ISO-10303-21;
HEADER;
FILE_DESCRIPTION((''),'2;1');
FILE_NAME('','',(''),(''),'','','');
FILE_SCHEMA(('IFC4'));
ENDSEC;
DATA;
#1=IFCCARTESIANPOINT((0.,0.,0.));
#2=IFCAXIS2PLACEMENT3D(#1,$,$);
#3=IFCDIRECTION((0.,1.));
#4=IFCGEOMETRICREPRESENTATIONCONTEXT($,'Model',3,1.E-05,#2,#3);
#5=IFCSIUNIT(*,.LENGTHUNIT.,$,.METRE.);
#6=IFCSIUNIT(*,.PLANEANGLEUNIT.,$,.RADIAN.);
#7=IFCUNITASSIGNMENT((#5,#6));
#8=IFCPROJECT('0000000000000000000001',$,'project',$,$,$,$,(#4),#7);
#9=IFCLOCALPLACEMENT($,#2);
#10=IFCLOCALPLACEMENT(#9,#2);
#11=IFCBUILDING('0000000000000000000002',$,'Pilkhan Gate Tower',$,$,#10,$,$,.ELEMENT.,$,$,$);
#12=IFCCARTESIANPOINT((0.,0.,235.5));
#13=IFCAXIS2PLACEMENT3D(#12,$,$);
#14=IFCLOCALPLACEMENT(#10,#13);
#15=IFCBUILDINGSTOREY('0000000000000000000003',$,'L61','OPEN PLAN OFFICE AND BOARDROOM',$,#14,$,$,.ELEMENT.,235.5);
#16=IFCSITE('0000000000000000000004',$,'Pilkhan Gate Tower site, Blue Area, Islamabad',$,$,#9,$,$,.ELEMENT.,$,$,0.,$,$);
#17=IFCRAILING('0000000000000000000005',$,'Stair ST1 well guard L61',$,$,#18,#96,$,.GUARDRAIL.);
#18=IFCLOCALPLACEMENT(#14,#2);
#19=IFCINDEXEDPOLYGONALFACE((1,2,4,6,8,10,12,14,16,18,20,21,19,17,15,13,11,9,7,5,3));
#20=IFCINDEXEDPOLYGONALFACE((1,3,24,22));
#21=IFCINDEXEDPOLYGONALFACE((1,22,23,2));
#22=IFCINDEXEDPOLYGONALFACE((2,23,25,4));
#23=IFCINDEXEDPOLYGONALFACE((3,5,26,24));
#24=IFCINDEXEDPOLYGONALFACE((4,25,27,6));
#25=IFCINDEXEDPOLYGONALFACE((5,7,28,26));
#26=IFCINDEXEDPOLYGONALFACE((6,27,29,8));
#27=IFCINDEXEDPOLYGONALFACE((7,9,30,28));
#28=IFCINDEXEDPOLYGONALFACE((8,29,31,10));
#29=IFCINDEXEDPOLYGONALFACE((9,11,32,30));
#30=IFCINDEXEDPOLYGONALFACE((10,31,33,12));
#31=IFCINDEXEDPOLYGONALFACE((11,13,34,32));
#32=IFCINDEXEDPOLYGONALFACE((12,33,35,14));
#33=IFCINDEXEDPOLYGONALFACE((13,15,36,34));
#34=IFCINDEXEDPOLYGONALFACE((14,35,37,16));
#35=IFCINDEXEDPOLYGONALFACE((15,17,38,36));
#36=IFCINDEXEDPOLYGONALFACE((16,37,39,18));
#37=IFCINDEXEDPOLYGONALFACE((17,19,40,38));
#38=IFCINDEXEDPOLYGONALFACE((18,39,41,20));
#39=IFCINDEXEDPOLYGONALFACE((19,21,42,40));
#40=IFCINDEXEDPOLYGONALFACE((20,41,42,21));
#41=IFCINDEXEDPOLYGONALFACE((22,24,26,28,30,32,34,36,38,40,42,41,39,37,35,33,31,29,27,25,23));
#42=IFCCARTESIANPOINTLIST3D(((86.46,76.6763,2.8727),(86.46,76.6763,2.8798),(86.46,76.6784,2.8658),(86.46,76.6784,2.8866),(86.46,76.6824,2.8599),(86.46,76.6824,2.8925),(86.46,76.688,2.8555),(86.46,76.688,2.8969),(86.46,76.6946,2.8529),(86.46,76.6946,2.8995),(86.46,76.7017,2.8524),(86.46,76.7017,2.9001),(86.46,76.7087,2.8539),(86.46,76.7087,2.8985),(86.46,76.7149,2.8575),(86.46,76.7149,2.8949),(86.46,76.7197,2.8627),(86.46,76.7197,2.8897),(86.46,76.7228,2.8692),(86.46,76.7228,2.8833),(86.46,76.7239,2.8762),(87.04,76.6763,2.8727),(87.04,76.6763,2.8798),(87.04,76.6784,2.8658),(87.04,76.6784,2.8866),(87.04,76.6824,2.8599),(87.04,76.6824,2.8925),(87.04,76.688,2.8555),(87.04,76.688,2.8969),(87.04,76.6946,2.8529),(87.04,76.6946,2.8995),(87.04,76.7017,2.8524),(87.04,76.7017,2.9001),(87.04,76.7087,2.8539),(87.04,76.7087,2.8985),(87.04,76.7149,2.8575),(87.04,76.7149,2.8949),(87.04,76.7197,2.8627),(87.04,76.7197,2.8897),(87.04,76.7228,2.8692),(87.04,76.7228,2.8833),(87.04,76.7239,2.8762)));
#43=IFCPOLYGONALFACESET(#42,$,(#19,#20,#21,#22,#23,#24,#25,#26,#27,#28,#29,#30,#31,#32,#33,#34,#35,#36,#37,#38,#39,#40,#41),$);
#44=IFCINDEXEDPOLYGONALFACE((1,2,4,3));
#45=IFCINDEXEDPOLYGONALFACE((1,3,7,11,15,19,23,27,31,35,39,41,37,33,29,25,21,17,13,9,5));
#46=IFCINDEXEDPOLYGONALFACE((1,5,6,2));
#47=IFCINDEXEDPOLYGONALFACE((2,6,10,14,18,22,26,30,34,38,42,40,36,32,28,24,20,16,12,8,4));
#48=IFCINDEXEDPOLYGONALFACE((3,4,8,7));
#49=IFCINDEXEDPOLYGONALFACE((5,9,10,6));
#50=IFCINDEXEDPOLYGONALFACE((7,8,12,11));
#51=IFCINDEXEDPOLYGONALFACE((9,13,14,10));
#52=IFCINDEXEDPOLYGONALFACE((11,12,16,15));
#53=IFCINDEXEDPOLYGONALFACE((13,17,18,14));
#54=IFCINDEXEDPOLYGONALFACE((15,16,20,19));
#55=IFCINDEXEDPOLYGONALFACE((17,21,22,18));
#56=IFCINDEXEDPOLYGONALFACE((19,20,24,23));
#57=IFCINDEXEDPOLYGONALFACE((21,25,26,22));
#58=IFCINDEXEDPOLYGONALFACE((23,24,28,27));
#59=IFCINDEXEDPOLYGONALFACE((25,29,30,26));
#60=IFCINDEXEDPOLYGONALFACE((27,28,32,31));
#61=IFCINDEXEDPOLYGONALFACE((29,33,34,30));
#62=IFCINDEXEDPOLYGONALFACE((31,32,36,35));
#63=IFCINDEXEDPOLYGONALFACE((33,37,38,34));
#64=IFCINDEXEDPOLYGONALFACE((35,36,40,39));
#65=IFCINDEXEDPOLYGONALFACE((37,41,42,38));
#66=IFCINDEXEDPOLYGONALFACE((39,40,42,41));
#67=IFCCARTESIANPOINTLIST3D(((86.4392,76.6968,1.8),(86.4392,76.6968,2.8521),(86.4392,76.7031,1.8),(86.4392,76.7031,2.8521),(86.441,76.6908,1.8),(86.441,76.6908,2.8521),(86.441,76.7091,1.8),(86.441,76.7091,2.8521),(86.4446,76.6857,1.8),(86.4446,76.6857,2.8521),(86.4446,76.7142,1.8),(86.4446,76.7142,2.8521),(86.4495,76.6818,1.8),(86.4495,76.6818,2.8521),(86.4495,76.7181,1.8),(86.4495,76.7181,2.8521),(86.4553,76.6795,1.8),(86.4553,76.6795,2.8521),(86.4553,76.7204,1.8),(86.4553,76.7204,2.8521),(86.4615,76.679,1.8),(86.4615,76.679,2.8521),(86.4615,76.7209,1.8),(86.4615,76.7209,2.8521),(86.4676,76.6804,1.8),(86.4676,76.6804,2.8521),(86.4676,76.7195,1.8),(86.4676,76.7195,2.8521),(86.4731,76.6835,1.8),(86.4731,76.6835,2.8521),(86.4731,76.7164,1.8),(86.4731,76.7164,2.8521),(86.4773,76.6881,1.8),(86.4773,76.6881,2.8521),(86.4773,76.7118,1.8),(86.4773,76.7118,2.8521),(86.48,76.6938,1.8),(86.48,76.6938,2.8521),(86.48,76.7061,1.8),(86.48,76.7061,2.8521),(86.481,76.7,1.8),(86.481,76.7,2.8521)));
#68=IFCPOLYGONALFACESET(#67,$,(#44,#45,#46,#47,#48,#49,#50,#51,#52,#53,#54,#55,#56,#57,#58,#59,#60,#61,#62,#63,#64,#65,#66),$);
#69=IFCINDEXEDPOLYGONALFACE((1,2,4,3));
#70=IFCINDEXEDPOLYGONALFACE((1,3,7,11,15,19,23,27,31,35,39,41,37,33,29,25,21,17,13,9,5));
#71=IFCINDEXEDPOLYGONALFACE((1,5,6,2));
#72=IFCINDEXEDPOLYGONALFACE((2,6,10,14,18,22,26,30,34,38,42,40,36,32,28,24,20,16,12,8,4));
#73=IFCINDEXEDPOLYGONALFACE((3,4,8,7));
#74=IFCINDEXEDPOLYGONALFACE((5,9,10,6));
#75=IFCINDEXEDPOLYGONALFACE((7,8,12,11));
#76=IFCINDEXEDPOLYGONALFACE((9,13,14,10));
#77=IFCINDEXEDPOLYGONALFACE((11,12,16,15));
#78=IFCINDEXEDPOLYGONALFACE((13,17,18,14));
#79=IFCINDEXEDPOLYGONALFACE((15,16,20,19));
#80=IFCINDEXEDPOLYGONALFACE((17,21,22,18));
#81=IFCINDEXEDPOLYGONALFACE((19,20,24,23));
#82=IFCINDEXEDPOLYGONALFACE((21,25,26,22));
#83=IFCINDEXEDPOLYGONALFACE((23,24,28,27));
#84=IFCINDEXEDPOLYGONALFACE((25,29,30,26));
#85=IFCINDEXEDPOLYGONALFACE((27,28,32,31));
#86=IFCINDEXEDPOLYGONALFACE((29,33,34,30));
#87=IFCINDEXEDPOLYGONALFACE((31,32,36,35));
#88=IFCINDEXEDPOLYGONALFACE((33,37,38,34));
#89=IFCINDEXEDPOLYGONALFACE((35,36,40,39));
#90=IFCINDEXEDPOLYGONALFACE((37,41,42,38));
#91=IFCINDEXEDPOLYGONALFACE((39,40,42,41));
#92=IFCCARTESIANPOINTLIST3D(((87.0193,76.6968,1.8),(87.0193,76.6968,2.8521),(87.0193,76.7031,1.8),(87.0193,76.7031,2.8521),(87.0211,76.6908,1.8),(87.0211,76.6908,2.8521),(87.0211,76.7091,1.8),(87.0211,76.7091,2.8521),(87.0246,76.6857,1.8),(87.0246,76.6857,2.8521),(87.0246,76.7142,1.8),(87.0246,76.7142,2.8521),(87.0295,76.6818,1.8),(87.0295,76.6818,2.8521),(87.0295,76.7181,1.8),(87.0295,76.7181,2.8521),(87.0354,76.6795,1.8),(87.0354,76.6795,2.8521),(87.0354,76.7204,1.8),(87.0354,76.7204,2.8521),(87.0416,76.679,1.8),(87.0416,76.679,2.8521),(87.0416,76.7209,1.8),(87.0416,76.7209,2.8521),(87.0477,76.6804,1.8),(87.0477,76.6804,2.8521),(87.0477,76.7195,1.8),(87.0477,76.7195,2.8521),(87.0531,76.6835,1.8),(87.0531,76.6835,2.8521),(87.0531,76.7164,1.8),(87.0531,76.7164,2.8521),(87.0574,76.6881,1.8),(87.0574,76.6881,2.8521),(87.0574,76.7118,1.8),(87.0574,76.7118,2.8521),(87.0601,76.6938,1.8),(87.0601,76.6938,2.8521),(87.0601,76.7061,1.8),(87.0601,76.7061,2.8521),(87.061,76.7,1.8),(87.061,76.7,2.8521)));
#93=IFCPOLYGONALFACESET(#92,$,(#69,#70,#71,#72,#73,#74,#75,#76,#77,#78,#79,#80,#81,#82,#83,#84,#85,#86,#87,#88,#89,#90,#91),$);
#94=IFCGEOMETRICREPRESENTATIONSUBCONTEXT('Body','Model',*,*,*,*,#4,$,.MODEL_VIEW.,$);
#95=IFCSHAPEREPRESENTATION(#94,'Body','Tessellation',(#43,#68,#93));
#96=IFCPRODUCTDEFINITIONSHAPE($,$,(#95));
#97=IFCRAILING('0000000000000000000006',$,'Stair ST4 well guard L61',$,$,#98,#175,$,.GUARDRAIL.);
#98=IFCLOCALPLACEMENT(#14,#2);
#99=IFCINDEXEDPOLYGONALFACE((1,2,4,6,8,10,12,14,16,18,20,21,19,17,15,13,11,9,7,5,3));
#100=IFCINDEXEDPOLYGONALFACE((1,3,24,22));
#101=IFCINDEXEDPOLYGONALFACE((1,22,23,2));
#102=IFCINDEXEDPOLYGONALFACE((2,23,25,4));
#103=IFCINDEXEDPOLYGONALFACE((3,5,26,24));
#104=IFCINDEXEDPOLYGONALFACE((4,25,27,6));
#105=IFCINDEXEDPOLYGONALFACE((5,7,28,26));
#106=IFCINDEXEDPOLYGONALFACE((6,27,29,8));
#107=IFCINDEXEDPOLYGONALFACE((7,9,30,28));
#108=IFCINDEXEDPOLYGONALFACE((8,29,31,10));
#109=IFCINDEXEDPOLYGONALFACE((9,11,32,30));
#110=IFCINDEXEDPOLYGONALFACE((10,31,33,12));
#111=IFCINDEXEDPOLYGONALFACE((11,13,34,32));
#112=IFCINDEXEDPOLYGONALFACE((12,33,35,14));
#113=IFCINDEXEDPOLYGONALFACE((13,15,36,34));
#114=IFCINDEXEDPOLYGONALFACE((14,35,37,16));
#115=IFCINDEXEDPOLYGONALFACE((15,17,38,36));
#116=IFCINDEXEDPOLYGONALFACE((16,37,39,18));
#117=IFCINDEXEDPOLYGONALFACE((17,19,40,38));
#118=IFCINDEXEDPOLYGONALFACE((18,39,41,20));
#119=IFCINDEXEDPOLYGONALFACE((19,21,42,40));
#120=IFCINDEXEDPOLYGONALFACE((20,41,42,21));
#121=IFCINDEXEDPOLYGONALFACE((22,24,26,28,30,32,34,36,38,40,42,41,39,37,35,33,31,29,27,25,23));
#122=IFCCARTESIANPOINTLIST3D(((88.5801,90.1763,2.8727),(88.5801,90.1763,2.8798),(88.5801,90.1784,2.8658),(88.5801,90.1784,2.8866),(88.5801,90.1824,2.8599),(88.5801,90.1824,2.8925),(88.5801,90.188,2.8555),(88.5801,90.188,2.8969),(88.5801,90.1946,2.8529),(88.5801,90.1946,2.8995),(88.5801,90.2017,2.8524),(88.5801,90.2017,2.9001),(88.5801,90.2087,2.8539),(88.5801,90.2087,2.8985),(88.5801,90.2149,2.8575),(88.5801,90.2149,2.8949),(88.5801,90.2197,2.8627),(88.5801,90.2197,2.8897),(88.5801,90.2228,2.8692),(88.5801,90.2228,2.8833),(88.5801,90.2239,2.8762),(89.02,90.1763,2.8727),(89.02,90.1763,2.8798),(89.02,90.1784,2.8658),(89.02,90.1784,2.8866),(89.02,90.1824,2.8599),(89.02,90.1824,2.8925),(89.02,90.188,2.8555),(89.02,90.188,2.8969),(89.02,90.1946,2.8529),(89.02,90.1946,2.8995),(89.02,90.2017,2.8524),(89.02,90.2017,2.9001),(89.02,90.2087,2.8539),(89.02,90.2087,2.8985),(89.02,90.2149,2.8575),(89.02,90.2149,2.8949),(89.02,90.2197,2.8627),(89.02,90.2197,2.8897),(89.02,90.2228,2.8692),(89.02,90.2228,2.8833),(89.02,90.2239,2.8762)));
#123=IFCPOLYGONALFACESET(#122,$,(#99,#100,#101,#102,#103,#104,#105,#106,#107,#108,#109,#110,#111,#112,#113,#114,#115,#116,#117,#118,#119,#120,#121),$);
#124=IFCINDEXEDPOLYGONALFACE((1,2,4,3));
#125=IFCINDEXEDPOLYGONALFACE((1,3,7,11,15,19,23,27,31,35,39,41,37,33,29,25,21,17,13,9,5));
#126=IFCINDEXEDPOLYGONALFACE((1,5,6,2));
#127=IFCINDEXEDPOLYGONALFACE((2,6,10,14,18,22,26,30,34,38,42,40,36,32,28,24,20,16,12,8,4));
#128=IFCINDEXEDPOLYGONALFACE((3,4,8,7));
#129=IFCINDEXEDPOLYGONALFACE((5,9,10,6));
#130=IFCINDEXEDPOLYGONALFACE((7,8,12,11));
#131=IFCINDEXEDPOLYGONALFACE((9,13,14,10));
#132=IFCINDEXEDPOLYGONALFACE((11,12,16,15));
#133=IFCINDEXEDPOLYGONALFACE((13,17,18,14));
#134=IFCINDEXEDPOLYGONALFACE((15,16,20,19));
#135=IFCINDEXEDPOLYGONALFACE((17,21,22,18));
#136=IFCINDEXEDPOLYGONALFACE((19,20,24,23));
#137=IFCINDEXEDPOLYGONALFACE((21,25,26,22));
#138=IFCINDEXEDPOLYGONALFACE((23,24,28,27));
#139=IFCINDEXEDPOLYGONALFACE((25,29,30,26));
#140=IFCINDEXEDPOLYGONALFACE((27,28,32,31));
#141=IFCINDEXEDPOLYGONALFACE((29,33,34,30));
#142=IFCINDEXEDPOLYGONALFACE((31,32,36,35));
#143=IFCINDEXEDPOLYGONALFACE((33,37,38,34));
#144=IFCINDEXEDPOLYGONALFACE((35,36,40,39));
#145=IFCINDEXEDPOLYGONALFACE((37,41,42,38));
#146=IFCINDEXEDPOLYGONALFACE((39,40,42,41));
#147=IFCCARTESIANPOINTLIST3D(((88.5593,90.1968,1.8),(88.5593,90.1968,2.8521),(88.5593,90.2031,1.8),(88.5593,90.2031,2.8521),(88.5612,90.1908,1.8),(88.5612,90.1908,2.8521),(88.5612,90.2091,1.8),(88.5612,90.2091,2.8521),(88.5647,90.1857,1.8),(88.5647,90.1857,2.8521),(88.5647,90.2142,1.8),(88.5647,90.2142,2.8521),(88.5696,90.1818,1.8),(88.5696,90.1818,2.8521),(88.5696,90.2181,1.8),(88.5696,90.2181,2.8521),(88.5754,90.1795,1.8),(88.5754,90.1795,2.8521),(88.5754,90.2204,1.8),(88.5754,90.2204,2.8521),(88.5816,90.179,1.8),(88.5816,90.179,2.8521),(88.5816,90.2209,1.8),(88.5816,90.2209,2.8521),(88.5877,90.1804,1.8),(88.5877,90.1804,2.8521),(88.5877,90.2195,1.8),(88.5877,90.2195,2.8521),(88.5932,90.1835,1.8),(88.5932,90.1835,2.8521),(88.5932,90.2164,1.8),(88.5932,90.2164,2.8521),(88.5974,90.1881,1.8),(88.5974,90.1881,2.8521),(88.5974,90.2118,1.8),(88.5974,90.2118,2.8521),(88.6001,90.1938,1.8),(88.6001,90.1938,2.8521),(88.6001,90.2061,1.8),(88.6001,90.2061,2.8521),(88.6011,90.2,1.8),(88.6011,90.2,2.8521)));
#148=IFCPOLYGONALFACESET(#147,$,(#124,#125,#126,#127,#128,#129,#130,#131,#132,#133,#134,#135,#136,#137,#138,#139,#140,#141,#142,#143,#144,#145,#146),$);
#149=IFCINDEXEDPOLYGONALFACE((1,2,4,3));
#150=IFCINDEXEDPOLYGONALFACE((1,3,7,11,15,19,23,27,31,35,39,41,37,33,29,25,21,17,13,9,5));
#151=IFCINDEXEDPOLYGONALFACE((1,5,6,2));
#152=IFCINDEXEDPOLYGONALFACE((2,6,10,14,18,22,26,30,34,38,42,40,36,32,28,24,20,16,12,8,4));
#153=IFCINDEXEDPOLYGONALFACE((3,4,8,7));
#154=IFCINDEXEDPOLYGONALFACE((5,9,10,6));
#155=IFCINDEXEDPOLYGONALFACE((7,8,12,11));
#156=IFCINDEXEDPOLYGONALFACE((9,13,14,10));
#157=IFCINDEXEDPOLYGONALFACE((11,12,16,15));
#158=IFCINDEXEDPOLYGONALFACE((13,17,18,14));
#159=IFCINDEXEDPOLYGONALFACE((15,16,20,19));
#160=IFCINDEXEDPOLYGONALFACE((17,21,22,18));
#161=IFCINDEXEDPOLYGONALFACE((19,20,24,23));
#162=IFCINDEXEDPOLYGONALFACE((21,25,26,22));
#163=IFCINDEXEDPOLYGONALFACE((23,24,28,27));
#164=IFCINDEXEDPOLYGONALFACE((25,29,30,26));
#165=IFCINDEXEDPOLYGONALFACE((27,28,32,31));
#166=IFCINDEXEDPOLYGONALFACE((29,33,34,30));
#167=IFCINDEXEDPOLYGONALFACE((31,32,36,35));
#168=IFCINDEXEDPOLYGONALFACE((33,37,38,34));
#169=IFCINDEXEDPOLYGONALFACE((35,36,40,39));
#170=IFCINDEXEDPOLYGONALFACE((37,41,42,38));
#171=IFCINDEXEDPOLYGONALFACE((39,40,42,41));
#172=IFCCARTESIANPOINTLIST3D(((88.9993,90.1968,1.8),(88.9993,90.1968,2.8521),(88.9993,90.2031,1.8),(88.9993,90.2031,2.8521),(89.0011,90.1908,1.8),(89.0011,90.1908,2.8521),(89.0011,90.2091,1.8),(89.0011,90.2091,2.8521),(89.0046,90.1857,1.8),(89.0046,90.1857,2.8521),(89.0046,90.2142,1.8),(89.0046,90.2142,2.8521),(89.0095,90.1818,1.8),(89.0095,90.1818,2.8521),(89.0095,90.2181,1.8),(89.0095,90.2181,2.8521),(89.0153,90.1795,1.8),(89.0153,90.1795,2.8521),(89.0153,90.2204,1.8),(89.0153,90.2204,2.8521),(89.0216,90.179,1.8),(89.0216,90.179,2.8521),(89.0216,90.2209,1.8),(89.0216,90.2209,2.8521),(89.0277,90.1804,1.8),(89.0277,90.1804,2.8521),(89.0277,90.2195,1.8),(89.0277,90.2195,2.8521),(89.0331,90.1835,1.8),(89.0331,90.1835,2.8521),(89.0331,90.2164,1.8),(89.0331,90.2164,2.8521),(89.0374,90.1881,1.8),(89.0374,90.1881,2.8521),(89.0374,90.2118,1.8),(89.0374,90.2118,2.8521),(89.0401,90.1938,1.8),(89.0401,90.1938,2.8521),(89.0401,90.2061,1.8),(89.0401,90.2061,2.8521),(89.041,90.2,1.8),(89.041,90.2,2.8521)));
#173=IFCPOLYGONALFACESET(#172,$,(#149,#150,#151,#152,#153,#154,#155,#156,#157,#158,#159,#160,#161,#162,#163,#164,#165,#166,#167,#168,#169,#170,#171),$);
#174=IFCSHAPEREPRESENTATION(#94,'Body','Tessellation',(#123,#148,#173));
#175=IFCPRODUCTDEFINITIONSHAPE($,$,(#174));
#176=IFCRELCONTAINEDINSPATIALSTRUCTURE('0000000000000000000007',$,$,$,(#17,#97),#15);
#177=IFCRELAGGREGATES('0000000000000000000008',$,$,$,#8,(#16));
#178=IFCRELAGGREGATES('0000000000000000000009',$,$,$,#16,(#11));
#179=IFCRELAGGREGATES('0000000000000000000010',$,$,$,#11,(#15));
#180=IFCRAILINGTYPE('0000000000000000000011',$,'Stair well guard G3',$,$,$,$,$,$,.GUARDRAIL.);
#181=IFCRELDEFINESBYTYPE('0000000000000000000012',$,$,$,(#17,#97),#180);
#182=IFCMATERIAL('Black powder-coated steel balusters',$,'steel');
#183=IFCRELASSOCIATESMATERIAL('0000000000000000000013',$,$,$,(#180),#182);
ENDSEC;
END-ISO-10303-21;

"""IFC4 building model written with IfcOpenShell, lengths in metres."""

from ifc_helpers import new_model, si_unit, direction, frame, origin, origin_2d, place, context, subcontext, project, spatial, circle, extrude, material, type_object, element, save


model = new_model("IFC4")

# Units and contexts
model_context = context("Model", 3, precision=1e-05, world=origin(), true_north=direction((0.0, 1.0)))
body_context = subcontext(model_context, "Body", "Model", "MODEL_VIEW")
ifc_project = project(units=[si_unit("LENGTHUNIT", "METRE"), si_unit("PLANEANGLEUNIT", "RADIAN")], contexts=[model_context])

# Site, building, storey
site_placement = place(None, origin())
site = spatial("IfcSite", under=ifc_project, at=site_placement, Name="Pilkhan Gate Tower site, Blue Area, Islamabad", CompositionType="ELEMENT", RefElevation=0.0)
building_placement = place(site_placement, origin())
building = spatial("IfcBuilding", under=site, at=building_placement, Name="Pilkhan Gate Tower", CompositionType="ELEMENT")
storey_placement = place(building_placement, frame((0.0, 0.0, 235.5)))
storey = spatial("IfcBuildingStorey", under=building, at=storey_placement, Name="L61", Description="OPEN PLAN OFFICE AND BOARDROOM", CompositionType="ELEMENT", Elevation=235.5)

# Railings
ifc_material_1 = material(Name="Black powder-coated steel balusters", Category="steel")
railing_type_1 = type_object("IfcRailingType", Name="Stair well guard G3", PredefinedType="GUARDRAIL", material=ifc_material_1)
for number, where, name in (
    (1, (86.46, 76.7, 1.8), "Stair ST1 well guard L61"),
):
    element("IfcRailing", number, at=place(storey_placement, frame(where)), inside=storey, type_object=railing_type_1, Name=name, PredefinedType="GUARDRAIL", context=body_context, shape_type="SweptSolid", body=[
        extrude(circle(Radius=0.0239, at=origin_2d()), frame((0.0, 0.0, 1.0762), z_axis=(1.0, 0.0, 0.0), x_axis=(0.0, 1.0, 0.0)), (0.0, 0.0, 1.0), 0.5801),
        extrude(circle(Radius=0.021, at=origin_2d()), origin(), (0.0, 0.0, 1.0), 1.052),
        extrude(circle(Radius=0.021, at=origin_2d()), frame((0.5801, 0.0, 0.0)), (0.0, 0.0, 1.0), 1.052),
    ])
railing_1_placement = place(storey_placement, frame((88.5801, 90.2, 1.8)))
element("IfcRailing", 2, at=railing_1_placement, inside=storey, type_object=railing_type_1, Name="Stair ST4 well guard L61", PredefinedType="GUARDRAIL", context=body_context, shape_type="SweptSolid", body=[
    extrude(circle(Radius=0.0239, at=origin_2d()), frame((0.0, 0.0, 1.0762), z_axis=(1.0, 0.0, 0.0), x_axis=(0.0, 1.0, 0.0)), (0.0, 0.0, 1.0), 0.4399),
    extrude(circle(Radius=0.021, at=origin_2d()), origin(), (0.0, 0.0, 1.0), 1.052),
    extrude(circle(Radius=0.021, at=origin_2d()), frame((0.4399, 0.0, 0.0)), (0.0, 0.0, 1.0), 1.052),
])

save(model, "model.ifc")
